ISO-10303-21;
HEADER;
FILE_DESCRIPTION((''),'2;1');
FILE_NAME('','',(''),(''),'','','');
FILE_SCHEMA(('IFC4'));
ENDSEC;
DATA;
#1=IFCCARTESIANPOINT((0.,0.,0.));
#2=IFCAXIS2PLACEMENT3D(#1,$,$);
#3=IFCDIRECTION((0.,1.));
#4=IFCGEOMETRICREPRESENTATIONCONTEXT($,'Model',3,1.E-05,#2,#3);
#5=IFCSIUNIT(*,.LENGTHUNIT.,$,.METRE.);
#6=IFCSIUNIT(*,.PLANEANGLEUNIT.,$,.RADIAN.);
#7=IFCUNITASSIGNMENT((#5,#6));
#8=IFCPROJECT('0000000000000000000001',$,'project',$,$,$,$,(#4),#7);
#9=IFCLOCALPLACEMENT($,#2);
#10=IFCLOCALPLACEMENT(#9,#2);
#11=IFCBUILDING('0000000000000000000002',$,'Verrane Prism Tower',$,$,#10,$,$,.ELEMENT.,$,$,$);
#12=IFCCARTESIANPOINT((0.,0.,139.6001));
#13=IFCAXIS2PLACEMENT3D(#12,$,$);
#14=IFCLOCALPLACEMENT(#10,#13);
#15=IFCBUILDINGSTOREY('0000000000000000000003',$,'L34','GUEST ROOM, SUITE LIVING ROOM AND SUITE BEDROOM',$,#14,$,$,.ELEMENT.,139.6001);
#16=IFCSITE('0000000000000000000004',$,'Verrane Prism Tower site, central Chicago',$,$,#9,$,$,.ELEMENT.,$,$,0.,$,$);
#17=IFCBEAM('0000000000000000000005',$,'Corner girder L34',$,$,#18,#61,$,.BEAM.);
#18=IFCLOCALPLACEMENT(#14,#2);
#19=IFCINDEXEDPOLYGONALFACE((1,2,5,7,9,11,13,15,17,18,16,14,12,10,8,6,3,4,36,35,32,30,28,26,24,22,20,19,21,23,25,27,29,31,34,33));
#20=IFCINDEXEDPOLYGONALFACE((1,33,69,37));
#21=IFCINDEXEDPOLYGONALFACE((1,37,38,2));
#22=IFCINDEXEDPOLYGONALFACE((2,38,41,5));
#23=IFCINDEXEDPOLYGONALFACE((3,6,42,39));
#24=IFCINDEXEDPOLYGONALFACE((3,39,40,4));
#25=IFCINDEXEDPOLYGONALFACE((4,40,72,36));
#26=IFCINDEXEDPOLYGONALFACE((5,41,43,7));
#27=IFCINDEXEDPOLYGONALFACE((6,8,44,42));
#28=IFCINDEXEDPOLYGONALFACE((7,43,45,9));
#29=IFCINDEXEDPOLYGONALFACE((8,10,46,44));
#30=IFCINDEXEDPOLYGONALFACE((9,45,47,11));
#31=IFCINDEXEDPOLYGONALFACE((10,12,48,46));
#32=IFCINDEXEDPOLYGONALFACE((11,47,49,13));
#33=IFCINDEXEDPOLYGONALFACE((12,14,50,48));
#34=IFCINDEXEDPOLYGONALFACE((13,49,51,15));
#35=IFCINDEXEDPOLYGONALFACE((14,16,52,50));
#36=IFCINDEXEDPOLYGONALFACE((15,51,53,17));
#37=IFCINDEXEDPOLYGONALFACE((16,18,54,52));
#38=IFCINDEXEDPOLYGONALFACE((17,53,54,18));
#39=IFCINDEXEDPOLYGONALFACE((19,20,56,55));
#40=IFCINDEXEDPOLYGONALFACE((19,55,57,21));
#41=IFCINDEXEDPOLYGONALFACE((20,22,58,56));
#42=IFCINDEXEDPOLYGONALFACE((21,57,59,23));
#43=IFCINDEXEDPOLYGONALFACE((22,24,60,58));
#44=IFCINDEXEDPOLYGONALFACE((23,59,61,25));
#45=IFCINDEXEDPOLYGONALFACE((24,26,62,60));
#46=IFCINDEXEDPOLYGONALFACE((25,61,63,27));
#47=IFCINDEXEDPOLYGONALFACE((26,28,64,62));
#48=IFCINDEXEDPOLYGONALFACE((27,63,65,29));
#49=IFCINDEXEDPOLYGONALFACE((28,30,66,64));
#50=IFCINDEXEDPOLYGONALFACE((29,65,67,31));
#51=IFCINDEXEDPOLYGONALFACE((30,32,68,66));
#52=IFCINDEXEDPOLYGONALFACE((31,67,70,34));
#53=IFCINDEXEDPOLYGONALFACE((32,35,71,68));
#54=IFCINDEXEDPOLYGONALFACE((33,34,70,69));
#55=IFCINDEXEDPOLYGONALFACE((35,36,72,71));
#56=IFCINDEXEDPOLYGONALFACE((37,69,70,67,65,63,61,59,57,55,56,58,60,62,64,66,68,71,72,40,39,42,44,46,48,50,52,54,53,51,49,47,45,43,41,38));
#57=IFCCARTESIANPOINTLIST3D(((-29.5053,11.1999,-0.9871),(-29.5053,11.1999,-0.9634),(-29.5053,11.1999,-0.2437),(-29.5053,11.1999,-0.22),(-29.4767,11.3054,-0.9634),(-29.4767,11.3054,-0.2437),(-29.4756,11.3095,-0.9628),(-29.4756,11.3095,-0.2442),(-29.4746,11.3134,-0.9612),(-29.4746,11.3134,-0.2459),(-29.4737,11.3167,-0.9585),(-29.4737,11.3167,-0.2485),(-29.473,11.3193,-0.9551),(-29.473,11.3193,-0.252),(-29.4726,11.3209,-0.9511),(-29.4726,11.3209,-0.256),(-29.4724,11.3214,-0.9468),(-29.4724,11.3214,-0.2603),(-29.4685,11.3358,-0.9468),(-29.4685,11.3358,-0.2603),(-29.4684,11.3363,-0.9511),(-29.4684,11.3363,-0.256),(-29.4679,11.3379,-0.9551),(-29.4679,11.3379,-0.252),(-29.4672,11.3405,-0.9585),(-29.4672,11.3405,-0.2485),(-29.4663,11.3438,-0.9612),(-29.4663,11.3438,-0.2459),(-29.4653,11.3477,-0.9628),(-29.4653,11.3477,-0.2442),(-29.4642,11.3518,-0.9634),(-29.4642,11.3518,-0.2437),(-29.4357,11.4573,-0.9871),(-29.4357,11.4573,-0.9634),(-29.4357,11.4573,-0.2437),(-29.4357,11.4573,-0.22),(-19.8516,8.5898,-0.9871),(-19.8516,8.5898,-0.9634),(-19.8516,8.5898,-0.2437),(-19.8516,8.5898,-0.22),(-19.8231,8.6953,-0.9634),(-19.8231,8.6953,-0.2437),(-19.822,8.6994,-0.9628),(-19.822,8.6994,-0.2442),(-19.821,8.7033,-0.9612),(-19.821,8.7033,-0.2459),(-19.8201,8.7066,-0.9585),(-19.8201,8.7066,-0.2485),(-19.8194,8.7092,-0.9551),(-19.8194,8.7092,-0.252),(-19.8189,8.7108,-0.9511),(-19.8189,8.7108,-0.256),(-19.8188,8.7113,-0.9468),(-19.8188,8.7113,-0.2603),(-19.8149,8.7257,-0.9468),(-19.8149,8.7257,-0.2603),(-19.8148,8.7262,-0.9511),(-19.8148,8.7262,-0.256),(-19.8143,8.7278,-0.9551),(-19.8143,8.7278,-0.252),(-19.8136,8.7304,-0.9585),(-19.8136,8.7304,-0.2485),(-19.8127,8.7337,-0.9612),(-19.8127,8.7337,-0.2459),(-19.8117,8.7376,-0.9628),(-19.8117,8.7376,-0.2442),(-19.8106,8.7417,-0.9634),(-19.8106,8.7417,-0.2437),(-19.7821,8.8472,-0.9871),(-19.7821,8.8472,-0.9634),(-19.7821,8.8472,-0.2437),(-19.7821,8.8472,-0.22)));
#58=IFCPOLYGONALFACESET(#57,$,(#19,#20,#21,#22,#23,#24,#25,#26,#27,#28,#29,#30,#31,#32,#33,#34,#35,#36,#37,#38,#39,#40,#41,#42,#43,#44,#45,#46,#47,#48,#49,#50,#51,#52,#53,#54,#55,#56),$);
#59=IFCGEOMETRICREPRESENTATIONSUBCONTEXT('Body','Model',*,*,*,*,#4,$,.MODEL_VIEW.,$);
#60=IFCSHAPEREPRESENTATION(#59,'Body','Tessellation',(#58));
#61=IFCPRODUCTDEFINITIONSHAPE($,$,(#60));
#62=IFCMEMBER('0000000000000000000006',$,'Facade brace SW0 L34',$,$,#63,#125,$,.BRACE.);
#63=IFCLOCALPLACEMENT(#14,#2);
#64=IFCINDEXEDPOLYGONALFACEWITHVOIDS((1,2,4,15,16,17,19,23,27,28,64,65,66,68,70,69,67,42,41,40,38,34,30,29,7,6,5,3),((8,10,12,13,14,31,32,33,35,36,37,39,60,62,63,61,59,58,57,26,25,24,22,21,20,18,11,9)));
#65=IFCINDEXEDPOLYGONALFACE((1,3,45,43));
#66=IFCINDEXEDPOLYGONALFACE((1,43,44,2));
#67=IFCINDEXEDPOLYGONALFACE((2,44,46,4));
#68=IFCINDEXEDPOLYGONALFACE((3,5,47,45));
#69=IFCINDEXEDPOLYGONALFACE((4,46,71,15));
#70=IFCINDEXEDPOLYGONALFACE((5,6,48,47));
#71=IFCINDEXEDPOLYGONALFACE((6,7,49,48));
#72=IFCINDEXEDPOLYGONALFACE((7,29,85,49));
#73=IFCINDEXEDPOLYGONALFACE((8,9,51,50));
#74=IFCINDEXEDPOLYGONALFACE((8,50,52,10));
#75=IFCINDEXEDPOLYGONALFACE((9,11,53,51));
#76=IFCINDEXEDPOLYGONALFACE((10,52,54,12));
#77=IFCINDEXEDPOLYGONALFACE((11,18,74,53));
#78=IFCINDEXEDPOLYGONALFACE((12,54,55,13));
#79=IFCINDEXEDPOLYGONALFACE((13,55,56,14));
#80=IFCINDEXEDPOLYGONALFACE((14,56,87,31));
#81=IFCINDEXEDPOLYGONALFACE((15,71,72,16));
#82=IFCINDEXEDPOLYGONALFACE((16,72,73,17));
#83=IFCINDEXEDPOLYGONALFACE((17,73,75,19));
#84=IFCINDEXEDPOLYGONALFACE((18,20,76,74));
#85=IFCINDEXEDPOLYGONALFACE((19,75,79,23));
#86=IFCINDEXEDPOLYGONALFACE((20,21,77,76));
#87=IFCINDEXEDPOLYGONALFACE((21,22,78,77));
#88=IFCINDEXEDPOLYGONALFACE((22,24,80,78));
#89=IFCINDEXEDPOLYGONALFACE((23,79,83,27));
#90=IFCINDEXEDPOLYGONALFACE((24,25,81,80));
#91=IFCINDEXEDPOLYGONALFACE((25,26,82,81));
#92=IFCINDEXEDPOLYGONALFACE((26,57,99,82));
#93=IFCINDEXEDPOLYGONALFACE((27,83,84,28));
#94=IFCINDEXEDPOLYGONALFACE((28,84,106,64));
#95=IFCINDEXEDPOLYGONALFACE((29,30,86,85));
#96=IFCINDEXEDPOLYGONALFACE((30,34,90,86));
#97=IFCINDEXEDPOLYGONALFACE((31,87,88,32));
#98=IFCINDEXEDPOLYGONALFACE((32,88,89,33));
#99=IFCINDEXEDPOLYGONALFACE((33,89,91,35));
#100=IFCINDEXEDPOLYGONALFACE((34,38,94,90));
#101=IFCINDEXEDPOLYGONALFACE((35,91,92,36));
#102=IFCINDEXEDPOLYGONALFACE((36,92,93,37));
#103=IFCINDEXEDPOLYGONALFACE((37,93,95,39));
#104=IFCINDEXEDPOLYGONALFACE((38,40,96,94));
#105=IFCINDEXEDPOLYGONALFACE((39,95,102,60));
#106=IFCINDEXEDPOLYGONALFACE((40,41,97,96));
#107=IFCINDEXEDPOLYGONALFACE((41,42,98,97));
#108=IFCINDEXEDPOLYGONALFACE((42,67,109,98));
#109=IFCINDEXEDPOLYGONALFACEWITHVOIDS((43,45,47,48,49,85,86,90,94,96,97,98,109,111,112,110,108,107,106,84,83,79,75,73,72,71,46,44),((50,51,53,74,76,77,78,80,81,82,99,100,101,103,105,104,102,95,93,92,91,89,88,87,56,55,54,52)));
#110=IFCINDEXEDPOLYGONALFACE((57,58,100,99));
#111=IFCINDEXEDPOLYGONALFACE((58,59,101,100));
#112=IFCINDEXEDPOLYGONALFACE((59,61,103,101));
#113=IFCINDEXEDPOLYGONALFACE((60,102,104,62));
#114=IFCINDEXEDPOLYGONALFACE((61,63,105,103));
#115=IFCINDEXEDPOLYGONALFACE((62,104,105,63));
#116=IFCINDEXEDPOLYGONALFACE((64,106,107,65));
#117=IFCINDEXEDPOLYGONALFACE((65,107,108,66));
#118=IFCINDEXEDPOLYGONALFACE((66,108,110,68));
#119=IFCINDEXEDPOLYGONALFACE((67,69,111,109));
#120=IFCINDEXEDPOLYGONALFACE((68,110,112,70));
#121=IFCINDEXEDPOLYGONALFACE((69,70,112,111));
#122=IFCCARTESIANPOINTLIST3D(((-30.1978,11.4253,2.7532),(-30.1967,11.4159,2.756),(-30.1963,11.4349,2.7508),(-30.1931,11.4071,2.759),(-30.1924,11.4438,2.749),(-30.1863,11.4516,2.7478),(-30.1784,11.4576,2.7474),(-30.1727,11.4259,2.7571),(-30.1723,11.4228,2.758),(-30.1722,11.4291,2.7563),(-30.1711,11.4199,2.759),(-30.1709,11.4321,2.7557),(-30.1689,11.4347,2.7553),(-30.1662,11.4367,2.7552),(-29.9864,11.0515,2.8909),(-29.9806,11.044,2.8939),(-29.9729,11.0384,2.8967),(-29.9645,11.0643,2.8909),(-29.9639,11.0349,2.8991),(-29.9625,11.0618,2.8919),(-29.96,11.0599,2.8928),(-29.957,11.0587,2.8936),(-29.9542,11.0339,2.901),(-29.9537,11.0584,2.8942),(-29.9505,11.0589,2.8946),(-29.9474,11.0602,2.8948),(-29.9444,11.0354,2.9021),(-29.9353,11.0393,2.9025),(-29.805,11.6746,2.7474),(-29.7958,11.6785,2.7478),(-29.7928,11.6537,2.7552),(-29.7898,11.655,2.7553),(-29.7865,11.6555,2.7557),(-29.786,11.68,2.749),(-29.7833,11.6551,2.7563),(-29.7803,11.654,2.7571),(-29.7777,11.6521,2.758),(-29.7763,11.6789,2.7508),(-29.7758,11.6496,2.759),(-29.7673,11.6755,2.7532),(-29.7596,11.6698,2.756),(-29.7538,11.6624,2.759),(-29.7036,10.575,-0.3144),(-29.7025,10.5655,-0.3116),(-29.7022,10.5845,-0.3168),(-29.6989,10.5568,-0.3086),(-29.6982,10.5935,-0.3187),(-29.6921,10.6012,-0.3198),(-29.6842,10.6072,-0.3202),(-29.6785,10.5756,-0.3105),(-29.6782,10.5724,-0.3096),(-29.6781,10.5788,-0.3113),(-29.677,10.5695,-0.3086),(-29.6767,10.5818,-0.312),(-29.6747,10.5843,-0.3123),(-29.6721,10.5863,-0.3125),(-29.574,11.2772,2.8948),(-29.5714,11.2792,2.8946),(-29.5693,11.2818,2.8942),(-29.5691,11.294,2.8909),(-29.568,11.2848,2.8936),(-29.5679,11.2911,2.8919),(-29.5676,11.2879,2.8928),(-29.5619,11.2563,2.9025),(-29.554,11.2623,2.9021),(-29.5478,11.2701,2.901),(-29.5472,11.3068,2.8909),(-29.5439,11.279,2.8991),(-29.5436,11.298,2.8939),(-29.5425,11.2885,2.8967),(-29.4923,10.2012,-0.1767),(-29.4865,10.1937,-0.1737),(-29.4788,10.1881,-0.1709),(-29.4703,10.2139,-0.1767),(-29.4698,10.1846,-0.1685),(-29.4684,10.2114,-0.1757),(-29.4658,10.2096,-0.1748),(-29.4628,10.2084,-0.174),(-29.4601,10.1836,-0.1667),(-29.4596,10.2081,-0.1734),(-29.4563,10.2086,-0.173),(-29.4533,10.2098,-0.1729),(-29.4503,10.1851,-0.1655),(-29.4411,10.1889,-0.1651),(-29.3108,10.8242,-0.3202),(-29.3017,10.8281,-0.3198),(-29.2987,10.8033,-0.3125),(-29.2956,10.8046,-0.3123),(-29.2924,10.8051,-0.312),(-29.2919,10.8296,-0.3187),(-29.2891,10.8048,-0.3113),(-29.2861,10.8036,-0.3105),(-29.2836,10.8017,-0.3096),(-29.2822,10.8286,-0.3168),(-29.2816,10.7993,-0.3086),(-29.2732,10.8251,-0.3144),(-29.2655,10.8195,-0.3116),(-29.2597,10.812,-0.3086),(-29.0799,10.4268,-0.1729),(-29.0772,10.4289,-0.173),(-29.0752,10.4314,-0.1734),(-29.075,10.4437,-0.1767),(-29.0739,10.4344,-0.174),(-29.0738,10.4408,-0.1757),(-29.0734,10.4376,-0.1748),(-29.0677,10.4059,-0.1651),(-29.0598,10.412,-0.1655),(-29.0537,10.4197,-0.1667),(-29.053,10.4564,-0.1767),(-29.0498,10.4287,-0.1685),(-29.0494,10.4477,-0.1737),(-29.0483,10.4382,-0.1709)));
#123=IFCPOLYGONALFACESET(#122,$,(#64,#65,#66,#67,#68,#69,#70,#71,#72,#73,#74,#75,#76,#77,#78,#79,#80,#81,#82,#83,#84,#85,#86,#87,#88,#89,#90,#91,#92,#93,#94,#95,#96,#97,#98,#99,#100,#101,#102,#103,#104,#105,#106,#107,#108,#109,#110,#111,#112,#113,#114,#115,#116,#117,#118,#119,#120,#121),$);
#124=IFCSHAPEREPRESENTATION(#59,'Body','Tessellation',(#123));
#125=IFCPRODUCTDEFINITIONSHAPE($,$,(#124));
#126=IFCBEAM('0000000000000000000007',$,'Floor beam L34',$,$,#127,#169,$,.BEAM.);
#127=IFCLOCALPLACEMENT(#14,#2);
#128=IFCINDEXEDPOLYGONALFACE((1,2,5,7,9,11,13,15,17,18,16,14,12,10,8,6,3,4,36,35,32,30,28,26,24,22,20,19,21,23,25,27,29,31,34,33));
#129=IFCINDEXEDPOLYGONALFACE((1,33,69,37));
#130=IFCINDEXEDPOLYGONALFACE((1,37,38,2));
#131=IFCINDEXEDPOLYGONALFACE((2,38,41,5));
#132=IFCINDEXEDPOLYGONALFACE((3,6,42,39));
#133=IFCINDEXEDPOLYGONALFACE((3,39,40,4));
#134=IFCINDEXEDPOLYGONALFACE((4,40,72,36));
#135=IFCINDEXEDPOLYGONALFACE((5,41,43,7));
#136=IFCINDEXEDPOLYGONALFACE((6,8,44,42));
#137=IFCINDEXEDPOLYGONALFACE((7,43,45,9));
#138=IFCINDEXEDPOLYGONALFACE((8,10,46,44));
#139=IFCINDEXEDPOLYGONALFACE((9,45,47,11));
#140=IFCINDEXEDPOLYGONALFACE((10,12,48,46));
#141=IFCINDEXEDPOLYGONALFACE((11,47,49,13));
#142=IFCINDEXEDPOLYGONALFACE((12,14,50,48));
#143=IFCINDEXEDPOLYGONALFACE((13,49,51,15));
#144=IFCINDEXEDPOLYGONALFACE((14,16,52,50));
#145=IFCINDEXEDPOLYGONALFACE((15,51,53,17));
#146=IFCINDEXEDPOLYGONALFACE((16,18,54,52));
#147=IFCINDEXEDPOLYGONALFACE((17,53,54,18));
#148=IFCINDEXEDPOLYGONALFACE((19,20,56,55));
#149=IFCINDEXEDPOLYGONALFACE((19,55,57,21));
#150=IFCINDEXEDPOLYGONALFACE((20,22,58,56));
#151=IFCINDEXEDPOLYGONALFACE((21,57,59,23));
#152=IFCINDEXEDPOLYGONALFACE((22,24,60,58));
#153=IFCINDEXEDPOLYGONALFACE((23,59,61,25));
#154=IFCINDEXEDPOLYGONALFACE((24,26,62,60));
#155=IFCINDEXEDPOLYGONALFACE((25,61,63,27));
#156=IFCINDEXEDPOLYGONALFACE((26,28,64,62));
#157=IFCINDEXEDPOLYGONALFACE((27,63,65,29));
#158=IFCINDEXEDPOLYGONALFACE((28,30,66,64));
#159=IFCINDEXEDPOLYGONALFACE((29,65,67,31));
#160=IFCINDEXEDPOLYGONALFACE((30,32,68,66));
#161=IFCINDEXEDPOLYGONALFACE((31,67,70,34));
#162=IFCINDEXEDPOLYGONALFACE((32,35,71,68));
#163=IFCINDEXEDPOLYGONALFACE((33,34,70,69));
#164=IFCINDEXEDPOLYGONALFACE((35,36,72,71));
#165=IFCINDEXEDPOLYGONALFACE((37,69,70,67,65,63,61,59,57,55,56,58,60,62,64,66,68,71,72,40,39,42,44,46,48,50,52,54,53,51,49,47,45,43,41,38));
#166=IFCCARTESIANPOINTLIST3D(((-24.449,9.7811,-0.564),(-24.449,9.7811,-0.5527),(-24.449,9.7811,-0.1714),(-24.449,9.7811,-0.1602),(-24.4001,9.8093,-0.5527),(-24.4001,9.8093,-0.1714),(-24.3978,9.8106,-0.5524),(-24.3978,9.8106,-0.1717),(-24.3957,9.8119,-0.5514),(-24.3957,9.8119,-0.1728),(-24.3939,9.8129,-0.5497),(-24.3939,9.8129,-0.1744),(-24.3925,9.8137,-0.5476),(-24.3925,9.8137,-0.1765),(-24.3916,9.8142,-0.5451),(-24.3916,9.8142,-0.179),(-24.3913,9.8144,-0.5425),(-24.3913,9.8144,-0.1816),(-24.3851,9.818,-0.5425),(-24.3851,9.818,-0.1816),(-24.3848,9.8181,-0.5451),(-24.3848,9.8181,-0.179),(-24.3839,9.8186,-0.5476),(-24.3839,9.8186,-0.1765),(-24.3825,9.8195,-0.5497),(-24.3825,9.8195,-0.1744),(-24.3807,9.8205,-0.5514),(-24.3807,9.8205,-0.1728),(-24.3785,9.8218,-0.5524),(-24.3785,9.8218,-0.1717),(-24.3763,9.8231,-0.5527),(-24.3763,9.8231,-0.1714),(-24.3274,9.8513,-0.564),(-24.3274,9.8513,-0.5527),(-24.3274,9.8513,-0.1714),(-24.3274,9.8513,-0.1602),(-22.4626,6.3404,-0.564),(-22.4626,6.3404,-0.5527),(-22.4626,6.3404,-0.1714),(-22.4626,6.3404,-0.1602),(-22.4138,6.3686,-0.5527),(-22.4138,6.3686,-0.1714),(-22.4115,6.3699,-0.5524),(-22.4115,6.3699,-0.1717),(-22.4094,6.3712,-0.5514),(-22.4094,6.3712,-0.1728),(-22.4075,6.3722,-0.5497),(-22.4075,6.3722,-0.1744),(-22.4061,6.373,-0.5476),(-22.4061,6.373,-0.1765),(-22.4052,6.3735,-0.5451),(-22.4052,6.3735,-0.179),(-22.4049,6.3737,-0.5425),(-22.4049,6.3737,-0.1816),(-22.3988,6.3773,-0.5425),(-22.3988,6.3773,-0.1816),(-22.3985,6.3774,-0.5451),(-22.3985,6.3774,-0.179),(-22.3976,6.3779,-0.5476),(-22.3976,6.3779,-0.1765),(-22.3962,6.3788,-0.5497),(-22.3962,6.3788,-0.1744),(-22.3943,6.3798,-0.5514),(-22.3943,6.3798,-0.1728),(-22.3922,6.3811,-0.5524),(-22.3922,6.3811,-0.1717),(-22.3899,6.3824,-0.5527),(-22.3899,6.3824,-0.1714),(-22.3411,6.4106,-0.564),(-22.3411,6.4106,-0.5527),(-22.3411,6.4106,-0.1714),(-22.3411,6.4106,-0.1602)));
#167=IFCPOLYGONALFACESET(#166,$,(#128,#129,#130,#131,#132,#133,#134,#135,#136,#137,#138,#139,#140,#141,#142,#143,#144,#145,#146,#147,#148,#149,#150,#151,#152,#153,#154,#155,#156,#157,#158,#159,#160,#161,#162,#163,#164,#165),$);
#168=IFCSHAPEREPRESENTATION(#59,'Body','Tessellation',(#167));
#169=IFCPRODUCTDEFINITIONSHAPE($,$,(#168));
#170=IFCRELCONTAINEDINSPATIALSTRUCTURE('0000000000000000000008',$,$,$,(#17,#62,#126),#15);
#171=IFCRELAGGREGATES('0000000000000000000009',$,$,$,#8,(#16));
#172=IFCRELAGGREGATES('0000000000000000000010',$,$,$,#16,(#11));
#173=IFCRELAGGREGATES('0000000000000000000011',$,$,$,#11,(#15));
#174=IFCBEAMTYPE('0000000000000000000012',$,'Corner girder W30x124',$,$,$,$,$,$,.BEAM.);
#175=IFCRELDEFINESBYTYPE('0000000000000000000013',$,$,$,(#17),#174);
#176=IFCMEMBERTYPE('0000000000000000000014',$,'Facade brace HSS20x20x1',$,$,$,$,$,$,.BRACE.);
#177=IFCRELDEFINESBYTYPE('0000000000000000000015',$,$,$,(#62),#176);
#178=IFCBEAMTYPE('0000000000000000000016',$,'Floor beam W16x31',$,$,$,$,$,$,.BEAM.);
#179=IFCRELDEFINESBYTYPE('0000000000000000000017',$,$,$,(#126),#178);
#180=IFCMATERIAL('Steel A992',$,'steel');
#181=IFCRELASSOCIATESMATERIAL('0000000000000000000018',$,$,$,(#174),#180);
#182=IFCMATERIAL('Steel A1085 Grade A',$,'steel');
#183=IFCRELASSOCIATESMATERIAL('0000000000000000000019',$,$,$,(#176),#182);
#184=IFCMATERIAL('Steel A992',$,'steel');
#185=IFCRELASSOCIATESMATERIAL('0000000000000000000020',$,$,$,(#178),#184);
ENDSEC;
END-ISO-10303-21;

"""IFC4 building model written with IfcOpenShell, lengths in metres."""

from ifc_helpers import new_model, si_unit, direction, frame, origin, origin_2d, place, context, subcontext, project, spatial, hollow_rectangle, i_section, extrude, material, material_profile, profile_set, type_object, element, save


model = new_model("IFC4")

# Units and contexts
model_context = context("Model", 3, precision=1e-05, world=origin(), true_north=direction((0.0, 1.0)))
body_context = subcontext(model_context, "Body", "Model", "MODEL_VIEW")
ifc_project = project(units=[si_unit("LENGTHUNIT", "METRE"), si_unit("PLANEANGLEUNIT", "RADIAN")], contexts=[model_context])

# Site, building, storey
site_placement = place(None, origin())
site = spatial("IfcSite", under=ifc_project, at=site_placement, Name="Verrane Prism Tower site, central Chicago", CompositionType="ELEMENT", RefElevation=0.0)
building_placement = place(site_placement, origin())
building = spatial("IfcBuilding", under=site, at=building_placement, Name="Verrane Prism Tower", CompositionType="ELEMENT")
storey_placement = place(building_placement, frame((0.0, 0.0, 139.6001)))
storey = spatial("IfcBuildingStorey", under=building, at=storey_placement, Name="L34", Description="GUEST ROOM, SUITE LIVING ROOM AND SUITE BEDROOM", CompositionType="ELEMENT", Elevation=139.6001)

# Beam
ifc_material_1 = material(Name="Steel A992", Category="steel")
ifc_material_profile_1 = material_profile(ifc_material_1, i_section(OverallWidth=0.2666, OverallDepth=0.7671, WebThickness=0.0149, FlangeThickness=0.0237, FilletRadius=0.0166, at=origin_2d()), Name="W30x124")
ifc_profile_set_1 = profile_set([ifc_material_profile_1], Name="Steel A992")
beam_type_1 = type_object("IfcBeamType", Name="Corner girder W30x124", PredefinedType="BEAM", material=ifc_profile_set_1)
beam_1_placement = place(storey_placement, frame((-29.4705, 11.3286, -0.6035), z_axis=(0.965337, -0.261006, 0.0), x_axis=(0.261006, 0.965337, 0.0)))
element("IfcBeam", 1, at=beam_1_placement, inside=storey, type_object=beam_type_1, Name="Corner girder L34", PredefinedType="BEAM", context=body_context, shape_type="SweptSolid", body=[
    extrude(i_section(OverallWidth=0.2666, OverallDepth=0.7671, WebThickness=0.0149, FlangeThickness=0.0237, FilletRadius=0.0166, at=origin_2d()), origin(), (0.0, 0.0, 1.0), 10.0002),
])

# Member
ifc_material_2 = material(Name="Steel A1085 Grade A", Category="steel")
ifc_material_profile_2 = material_profile(ifc_material_2, hollow_rectangle(XDim=0.5081, YDim=0.5081, WallThickness=0.0254, InnerFilletRadius=0.0127, OuterFilletRadius=0.0381, at=origin_2d()), Name="HSS20x20x1")
ifc_profile_set_2 = profile_set([ifc_material_profile_2], Name="Steel A1085 Grade A")
member_type_1 = type_object("IfcMemberType", Name="Facade brace HSS20x20x1", PredefinedType="BRACE", material=ifc_profile_set_2)
member_1_placement = place(storey_placement, frame((-29.376, 10.5066, -0.2427), z_axis=(-0.153392, 0.263964, 0.952257), x_axis=(-0.864615, -0.502435, 0.0)))
element("IfcMember", 2, at=member_1_placement, inside=storey, type_object=member_type_1, Name="Facade brace SW0 L34", PredefinedType="BRACE", context=body_context, shape_type="SweptSolid", body=[
    extrude(hollow_rectangle(XDim=0.5081, YDim=0.5081, WallThickness=0.0254, InnerFilletRadius=0.0127, OuterFilletRadius=0.0381, at=origin_2d()), origin(), (0.0, 0.0, 1.0), 3.2214),
])

# Beam
ifc_material_3 = material(Name="Steel A992", Category="steel")
ifc_material_profile_3 = material_profile(ifc_material_3, i_section(OverallWidth=0.1404, OverallDepth=0.4038, WebThickness=0.0071, FlangeThickness=0.0112, FilletRadius=0.0103, at=origin_2d()), Name="W16x31")
ifc_profile_set_3 = profile_set([ifc_material_profile_3], Name="Steel A992")
beam_type_2 = type_object("IfcBeamType", Name="Floor beam W16x31", PredefinedType="BEAM", material=ifc_profile_set_3)
beam_2_placement = place(storey_placement, frame((-22.4019, 6.3755, -0.3621), z_axis=(-0.499972, 0.866041, 0.0), x_axis=(-0.866041, -0.499972, 0.0)))
element("IfcBeam", 3, at=beam_2_placement, inside=storey, type_object=beam_type_2, Name="Floor beam L34", PredefinedType="BEAM", context=body_context, shape_type="SweptSolid", body=[
    extrude(i_section(OverallWidth=0.1404, OverallDepth=0.4038, WebThickness=0.0071, FlangeThickness=0.0112, FilletRadius=0.0103, at=origin_2d()), origin(), (0.0, 0.0, 1.0), 3.9729),
])

save(model, "model.ifc")
